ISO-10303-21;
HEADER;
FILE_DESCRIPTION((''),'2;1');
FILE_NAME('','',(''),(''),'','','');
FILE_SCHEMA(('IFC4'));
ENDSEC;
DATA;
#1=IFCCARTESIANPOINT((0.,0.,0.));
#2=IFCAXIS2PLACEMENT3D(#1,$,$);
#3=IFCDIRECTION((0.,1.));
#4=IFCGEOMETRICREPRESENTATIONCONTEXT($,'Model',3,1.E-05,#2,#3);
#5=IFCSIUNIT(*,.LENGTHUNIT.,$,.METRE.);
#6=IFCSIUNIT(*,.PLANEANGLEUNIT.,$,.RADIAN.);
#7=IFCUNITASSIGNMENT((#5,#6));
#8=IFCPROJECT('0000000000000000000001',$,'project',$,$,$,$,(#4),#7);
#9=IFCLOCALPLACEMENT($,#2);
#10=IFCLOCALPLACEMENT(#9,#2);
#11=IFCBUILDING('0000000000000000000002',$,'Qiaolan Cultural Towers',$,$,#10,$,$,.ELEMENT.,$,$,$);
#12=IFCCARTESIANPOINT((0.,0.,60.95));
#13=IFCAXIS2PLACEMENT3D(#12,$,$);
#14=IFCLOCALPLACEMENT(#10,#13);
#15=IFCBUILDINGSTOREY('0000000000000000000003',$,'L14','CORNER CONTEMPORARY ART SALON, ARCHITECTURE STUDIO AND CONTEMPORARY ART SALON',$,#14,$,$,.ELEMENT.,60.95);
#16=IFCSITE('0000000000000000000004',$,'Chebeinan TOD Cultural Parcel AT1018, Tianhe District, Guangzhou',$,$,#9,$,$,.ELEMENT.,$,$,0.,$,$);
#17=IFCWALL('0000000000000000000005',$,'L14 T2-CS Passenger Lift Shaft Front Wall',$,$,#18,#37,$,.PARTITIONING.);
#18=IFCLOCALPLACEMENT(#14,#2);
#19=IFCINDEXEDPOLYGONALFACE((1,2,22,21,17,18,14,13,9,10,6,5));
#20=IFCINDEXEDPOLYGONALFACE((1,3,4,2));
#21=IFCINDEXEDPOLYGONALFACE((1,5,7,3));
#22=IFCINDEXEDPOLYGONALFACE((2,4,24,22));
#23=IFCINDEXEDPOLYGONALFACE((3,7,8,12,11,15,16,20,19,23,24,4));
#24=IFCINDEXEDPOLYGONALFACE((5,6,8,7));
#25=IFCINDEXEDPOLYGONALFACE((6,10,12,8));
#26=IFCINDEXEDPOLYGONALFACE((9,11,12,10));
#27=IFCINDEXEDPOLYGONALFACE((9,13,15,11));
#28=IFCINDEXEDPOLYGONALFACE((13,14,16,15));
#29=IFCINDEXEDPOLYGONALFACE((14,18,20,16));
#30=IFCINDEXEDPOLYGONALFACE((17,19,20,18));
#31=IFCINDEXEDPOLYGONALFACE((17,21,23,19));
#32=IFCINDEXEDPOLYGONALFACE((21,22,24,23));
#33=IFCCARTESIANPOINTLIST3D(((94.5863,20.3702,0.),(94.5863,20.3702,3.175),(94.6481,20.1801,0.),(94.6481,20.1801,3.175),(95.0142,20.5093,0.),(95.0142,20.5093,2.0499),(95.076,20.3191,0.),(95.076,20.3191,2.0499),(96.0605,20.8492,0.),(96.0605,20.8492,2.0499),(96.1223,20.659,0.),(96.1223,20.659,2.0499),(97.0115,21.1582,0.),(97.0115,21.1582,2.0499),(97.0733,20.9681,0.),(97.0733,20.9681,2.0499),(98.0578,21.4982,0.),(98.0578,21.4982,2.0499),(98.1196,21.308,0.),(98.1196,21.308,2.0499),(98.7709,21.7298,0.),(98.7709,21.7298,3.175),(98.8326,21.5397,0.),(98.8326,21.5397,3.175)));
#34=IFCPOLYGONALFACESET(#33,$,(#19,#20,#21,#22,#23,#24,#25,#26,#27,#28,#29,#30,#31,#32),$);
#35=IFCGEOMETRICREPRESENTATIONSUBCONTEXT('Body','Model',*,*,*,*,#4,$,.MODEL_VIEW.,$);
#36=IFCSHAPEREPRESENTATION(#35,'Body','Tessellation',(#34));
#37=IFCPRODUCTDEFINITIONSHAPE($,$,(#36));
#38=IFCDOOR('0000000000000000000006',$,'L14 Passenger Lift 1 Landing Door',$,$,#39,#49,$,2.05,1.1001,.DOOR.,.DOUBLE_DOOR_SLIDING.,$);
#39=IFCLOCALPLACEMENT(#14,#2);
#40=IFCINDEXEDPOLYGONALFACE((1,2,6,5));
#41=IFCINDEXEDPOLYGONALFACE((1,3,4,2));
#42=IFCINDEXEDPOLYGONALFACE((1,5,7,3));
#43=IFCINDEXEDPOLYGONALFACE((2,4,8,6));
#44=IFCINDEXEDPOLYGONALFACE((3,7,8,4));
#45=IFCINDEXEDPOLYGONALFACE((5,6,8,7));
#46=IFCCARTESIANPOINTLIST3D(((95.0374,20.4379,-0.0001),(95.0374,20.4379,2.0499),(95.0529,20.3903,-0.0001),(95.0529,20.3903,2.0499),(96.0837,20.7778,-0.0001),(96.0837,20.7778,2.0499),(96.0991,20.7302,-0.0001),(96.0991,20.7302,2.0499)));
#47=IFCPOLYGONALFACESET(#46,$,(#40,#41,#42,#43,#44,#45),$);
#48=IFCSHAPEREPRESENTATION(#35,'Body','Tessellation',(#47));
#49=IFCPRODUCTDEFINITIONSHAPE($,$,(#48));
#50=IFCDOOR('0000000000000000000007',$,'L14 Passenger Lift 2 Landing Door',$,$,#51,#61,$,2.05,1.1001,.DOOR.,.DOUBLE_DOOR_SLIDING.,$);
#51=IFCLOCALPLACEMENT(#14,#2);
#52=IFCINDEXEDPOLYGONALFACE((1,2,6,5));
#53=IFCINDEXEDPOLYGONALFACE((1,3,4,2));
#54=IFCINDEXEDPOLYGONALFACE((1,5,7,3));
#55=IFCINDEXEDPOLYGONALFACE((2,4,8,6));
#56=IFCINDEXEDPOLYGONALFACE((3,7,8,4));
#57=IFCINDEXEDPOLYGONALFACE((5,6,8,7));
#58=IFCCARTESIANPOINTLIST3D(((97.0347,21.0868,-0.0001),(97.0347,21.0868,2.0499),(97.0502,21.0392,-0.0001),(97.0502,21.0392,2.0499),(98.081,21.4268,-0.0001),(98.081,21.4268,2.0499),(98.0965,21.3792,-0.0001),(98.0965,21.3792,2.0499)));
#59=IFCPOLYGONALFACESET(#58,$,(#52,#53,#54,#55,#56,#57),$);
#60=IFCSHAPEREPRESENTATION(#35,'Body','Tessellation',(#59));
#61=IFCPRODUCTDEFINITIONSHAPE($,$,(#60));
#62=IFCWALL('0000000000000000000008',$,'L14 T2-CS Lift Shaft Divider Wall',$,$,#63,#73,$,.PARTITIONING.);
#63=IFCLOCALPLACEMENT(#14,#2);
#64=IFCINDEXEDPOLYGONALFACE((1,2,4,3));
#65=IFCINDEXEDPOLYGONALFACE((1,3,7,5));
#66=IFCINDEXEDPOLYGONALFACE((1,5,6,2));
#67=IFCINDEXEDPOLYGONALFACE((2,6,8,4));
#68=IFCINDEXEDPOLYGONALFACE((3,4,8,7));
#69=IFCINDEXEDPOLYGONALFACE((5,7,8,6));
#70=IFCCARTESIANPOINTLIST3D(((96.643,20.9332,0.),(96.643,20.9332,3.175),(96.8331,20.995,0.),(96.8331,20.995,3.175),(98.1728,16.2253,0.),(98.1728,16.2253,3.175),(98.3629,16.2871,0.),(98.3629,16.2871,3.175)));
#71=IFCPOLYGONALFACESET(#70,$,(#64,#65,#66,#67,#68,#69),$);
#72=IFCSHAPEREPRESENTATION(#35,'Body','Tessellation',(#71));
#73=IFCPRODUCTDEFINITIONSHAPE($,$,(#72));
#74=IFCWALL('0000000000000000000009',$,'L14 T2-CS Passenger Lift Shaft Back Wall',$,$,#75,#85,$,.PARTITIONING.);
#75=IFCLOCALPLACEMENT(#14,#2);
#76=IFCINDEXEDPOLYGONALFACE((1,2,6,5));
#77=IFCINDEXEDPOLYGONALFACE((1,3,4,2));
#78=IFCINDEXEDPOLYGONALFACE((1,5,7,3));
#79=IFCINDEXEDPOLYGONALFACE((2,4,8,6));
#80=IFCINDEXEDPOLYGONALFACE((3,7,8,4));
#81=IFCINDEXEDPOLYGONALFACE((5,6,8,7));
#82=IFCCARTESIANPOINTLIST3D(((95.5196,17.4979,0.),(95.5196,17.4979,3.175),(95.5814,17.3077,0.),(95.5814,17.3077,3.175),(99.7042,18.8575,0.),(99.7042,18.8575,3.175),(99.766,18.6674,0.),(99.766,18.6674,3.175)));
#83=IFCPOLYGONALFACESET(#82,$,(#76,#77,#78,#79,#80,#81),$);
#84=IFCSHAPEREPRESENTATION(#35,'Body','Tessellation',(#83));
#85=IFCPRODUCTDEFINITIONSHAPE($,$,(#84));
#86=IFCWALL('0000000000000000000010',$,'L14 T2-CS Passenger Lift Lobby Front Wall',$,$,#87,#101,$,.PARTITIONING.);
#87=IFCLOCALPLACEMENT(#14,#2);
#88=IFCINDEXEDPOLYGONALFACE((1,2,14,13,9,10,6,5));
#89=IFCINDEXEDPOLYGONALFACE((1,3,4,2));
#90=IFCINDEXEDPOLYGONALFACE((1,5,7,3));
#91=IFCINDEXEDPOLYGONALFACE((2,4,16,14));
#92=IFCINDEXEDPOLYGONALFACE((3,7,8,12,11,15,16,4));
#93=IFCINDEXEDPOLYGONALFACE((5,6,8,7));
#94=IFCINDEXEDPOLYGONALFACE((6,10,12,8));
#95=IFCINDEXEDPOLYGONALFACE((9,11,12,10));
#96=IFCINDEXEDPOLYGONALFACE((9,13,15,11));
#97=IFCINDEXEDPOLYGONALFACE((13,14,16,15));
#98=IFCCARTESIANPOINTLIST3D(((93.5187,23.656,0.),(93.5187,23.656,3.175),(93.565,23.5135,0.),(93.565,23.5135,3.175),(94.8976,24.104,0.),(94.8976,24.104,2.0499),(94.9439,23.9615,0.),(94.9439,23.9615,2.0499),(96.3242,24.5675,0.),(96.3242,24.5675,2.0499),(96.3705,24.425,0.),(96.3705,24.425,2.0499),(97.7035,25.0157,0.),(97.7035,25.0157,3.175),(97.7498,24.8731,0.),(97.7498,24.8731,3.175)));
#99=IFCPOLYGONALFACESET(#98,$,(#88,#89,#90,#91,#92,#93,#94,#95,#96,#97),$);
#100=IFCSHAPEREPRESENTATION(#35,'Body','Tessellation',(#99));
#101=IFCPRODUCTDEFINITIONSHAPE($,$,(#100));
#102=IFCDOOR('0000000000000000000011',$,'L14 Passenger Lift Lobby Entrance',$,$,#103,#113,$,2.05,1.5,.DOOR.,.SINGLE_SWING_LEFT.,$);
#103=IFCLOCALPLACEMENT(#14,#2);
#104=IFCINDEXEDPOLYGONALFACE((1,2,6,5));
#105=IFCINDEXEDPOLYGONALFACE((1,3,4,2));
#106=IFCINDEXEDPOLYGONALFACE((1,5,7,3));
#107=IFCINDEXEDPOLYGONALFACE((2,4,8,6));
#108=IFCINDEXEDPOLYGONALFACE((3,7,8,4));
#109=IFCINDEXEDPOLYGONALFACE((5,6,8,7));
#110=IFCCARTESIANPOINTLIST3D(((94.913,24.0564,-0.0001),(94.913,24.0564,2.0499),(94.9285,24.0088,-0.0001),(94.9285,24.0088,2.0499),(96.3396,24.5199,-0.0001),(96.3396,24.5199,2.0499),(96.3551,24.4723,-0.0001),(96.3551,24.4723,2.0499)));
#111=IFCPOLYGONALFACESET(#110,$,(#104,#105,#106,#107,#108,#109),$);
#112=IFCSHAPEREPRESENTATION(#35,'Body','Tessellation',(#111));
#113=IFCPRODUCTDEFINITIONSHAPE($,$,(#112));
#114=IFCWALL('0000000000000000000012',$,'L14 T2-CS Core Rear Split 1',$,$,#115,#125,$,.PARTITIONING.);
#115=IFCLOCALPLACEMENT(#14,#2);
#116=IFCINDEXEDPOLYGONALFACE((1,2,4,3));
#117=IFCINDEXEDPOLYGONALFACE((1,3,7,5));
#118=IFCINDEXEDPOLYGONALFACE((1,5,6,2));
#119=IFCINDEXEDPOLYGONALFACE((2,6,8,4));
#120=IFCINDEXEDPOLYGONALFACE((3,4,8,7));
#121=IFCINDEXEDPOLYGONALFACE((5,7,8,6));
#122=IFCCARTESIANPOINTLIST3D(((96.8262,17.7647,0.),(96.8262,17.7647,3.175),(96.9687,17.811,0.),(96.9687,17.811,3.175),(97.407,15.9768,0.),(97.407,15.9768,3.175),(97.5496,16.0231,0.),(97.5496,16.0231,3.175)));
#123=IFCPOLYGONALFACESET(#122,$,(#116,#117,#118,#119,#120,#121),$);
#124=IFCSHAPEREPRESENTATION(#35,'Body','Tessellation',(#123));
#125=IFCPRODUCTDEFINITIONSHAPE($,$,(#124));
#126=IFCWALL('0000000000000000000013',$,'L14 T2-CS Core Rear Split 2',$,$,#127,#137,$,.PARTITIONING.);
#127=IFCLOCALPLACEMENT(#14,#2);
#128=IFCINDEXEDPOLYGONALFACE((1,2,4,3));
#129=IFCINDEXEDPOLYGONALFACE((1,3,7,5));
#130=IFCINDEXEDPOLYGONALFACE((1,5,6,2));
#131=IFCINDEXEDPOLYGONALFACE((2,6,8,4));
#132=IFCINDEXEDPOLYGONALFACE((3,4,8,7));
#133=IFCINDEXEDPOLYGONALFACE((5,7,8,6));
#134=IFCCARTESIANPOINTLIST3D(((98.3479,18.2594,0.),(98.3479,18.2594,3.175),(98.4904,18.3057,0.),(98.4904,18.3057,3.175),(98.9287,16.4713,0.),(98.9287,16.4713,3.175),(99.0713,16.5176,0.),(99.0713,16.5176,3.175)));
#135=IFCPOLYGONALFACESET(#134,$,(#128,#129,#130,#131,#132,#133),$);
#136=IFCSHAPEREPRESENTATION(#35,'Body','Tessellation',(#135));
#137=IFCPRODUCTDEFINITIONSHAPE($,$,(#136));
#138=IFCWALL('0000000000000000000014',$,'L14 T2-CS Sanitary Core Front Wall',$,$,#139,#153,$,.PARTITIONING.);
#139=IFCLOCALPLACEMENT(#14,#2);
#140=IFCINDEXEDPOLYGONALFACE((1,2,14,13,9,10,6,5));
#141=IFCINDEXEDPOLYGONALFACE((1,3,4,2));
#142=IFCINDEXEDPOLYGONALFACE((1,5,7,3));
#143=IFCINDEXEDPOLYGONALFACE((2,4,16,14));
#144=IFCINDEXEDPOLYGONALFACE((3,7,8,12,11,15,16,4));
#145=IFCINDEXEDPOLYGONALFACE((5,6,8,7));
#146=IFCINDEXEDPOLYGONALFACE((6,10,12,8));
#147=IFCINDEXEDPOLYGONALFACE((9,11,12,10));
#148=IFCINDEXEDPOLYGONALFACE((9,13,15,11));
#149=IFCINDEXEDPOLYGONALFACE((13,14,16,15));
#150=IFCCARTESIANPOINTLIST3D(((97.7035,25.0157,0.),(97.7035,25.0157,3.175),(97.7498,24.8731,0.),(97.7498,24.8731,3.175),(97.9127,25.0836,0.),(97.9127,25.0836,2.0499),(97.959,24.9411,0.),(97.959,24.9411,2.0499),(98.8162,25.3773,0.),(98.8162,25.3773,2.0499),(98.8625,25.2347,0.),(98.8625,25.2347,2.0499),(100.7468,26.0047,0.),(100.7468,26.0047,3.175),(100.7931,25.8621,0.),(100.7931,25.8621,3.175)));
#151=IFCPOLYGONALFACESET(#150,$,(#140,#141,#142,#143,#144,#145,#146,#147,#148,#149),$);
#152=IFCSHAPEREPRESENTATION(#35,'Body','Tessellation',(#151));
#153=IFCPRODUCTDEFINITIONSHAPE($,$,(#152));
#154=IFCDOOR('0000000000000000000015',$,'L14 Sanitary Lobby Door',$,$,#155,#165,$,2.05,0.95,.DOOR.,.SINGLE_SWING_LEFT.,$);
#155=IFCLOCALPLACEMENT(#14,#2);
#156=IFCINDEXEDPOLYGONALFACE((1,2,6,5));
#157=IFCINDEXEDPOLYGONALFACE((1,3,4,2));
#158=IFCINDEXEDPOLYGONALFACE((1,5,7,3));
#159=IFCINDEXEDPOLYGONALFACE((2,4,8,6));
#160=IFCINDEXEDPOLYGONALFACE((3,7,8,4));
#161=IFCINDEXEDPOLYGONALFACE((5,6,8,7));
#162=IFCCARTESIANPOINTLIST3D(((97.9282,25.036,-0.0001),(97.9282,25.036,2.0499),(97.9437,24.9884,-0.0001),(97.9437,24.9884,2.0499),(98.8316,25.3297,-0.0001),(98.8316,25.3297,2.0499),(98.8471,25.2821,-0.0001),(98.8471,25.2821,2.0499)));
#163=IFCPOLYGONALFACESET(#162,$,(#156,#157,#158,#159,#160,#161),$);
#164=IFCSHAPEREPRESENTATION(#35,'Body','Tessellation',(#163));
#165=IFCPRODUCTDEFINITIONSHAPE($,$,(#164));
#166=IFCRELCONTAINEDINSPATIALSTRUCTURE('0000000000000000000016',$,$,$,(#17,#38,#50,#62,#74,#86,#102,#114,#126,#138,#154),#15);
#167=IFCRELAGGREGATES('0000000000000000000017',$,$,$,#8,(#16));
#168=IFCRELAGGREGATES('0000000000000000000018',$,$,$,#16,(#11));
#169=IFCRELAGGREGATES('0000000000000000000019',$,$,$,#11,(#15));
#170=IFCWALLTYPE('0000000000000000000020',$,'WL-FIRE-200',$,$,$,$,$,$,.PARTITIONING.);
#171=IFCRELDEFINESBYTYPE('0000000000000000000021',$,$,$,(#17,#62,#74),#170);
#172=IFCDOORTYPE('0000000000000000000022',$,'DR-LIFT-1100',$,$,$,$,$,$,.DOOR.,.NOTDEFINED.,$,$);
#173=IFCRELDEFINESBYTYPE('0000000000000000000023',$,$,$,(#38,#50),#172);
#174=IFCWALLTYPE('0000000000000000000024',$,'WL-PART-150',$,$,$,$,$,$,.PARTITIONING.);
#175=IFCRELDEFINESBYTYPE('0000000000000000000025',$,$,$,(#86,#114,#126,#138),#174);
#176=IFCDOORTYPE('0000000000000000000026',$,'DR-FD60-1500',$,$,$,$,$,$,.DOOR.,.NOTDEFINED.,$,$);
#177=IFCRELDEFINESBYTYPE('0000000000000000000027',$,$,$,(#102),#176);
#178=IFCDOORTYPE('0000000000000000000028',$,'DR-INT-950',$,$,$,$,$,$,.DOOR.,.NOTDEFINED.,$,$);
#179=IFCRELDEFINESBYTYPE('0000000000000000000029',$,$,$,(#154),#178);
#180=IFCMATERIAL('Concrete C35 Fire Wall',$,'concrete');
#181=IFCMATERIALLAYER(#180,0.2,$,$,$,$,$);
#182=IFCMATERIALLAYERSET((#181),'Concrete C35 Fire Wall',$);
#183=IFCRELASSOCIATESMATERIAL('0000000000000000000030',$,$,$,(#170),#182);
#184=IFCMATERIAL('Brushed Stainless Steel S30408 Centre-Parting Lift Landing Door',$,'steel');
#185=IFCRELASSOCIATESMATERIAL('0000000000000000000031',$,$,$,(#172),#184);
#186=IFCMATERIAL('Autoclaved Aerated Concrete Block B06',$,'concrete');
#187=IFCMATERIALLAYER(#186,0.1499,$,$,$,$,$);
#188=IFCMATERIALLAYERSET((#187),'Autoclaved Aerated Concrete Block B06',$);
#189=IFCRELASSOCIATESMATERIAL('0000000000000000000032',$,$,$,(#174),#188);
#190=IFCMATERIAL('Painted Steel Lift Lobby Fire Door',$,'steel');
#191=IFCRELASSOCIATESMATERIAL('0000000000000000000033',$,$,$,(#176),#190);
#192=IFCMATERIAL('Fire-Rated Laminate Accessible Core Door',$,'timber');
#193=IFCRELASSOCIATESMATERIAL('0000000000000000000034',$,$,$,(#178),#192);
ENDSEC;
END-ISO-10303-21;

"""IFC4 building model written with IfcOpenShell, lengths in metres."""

from ifc_helpers import new_model, si_unit, direction, frame, frame_2d, origin, place, context, subcontext, project, spatial, rectangle, extrude, material, layer, layer_set, type_object, element, fill, save


model = new_model("IFC4")

# Units and contexts
model_context = context("Model", 3, precision=1e-05, world=origin(), true_north=direction((0.0, 1.0)))
body_context = subcontext(model_context, "Body", "Model", "MODEL_VIEW")
ifc_project = project(units=[si_unit("LENGTHUNIT", "METRE"), si_unit("PLANEANGLEUNIT", "RADIAN")], contexts=[model_context])

# Site, building, storey
site_placement = place(None, origin())
site = spatial("IfcSite", under=ifc_project, at=site_placement, Name="Chebeinan TOD Cultural Parcel AT1018, Tianhe District, Guangzhou", CompositionType="ELEMENT", RefElevation=0.0)
building_placement = place(site_placement, origin())
building = spatial("IfcBuilding", under=site, at=building_placement, Name="Qiaolan Cultural Towers", CompositionType="ELEMENT")
storey_placement = place(building_placement, frame((0.0, 0.0, 60.95)))
storey = spatial("IfcBuildingStorey", under=building, at=storey_placement, Name="L14", Description="CORNER CONTEMPORARY ART SALON, ARCHITECTURE STUDIO AND CONTEMPORARY ART SALON", CompositionType="ELEMENT", Elevation=60.95)

# Shared definitions
ifc_material_1 = material(Name="Concrete C35 Fire Wall", Category="concrete")
ifc_layer_1 = layer(ifc_material_1, 0.2)
ifc_layer_set_1 = layer_set([ifc_layer_1], Name="Concrete C35 Fire Wall")
wall_type_1 = type_object("IfcWallType", Name="WL-FIRE-200", PredefinedType="PARTITIONING", material=ifc_layer_set_1)

# Wall, openings, doors
wall_1_placement = place(storey_placement, frame((94.6172, 20.2751, 0.0), z_axis=(0.0, 0.0, 1.0), x_axis=(0.951059, 0.309011, 0.0)))
wall_1 = element("IfcWall", 1, at=wall_1_placement, inside=storey, type_object=wall_type_1, Name="L14 T2-CS Passenger Lift Shaft Front Wall", PredefinedType="PARTITIONING", context=body_context, shape_type="SweptSolid", body=[
    extrude(rectangle(XDim=4.3999, YDim=0.2, at=frame_2d((2.2, 0.0))), origin(), (0.0, 0.0, 1.0), 3.175),
])
opening_1_placement = place(wall_1_placement, frame((0.45, 0.0, 0.0)))
opening_1 = element("IfcOpeningElement", 2, at=opening_1_placement, cuts=wall_1, PredefinedType="OPENING", context=body_context, shape_type="SweptSolid", body=[
    extrude(rectangle(XDim=1.1001, YDim=2.05, at=frame_2d((0.55, 1.0249))), frame((0.0, 0.1099, 0.0), z_axis=(0.0, -1.0, 0.0), x_axis=(1.0, 0.0, 0.0)), (0.0, 0.0, 1.0), 0.22),
])
opening_2_placement = place(wall_1_placement, frame((2.55, 0.0, 0.0)))
opening_2 = element("IfcOpeningElement", 3, at=opening_2_placement, cuts=wall_1, PredefinedType="OPENING", context=body_context, shape_type="SweptSolid", body=[
    extrude(rectangle(XDim=1.1001, YDim=2.05, at=frame_2d((0.55, 1.0249))), frame((0.0, 0.1099, 0.0), z_axis=(0.0, -1.0, 0.0), x_axis=(1.0, 0.0, 0.0)), (0.0, 0.0, 1.0), 0.22),
])
ifc_material_2 = material(Name="Brushed Stainless Steel S30408 Centre-Parting Lift Landing Door", Category="steel")
door_type_1 = type_object("IfcDoorType", Name="DR-LIFT-1100", OperationType="NOTDEFINED", PredefinedType="DOOR", material=ifc_material_2)
door_1_placement = place(opening_1_placement, origin())
door_1 = element("IfcDoor", 4, at=door_1_placement, inside=storey, type_object=door_type_1, Name="L14 Passenger Lift 1 Landing Door", OperationType="DOUBLE_DOOR_SLIDING", OverallHeight=2.05, OverallWidth=1.1001, PredefinedType="DOOR", context=body_context, shape_type="SweptSolid", body=[
    extrude(rectangle(XDim=1.1001, YDim=2.05, at=frame_2d((0.55, 1.0249))), frame((0.0, 0.0249, 0.0), z_axis=(0.0, -1.0, 0.0), x_axis=(1.0, 0.0, 0.0)), (0.0, 0.0, 1.0), 0.05),
])
fill(opening_1, door_1)
door_2_placement = place(opening_2_placement, origin())
door_2 = element("IfcDoor", 5, at=door_2_placement, inside=storey, type_object=door_type_1, Name="L14 Passenger Lift 2 Landing Door", OperationType="DOUBLE_DOOR_SLIDING", OverallHeight=2.05, OverallWidth=1.1001, PredefinedType="DOOR", context=body_context, shape_type="SweptSolid", body=[
    extrude(rectangle(XDim=1.1001, YDim=2.05, at=frame_2d((0.55, 1.0249))), frame((0.0, 0.0249, 0.0), z_axis=(0.0, -1.0, 0.0), x_axis=(1.0, 0.0, 0.0)), (0.0, 0.0, 1.0), 0.05),
])
fill(opening_2, door_2)

# Walls
wall_2_placement = place(storey_placement, frame((96.738, 20.9641, 0.0), z_axis=(0.0, 0.0, 1.0), x_axis=(0.309043, -0.951048, 0.0)))
element("IfcWall", 6, at=wall_2_placement, inside=storey, type_object=wall_type_1, Name="L14 T2-CS Lift Shaft Divider Wall", PredefinedType="PARTITIONING", context=body_context, shape_type="SweptSolid", body=[
    extrude(rectangle(XDim=4.9502, YDim=0.2, at=frame_2d((2.4751, 0.0))), origin(), (0.0, 0.0, 1.0), 3.175),
])
wall_3_placement = place(storey_placement, frame((95.5505, 17.4028, 0.0), z_axis=(0.0, 0.0, 1.0), x_axis=(0.951059, 0.309011, 0.0)))
element("IfcWall", 7, at=wall_3_placement, inside=storey, type_object=wall_type_1, Name="L14 T2-CS Passenger Lift Shaft Back Wall", PredefinedType="PARTITIONING", context=body_context, shape_type="SweptSolid", body=[
    extrude(rectangle(XDim=4.3999, YDim=0.2, at=frame_2d((2.2, 0.0))), origin(), (0.0, 0.0, 1.0), 3.175),
])

# Wall, opening, door
ifc_material_3 = material(Name="Autoclaved Aerated Concrete Block B06", Category="concrete")
ifc_layer_2 = layer(ifc_material_3, 0.1499)
ifc_layer_set_2 = layer_set([ifc_layer_2], Name="Autoclaved Aerated Concrete Block B06")
wall_type_2 = type_object("IfcWallType", Name="WL-PART-150", PredefinedType="PARTITIONING", material=ifc_layer_set_2)
wall_4_placement = place(storey_placement, frame((93.5417, 23.5847, 0.0), z_axis=(0.0, 0.0, 1.0), x_axis=(0.951064, 0.308994, 0.0)))
wall_4 = element("IfcWall", 8, at=wall_4_placement, inside=storey, type_object=wall_type_2, Name="L14 T2-CS Passenger Lift Lobby Front Wall", PredefinedType="PARTITIONING", context=body_context, shape_type="SweptSolid", body=[
    extrude(rectangle(XDim=4.4001, YDim=0.1499, at=frame_2d((2.2002, 0.0))), origin(), (0.0, 0.0, 1.0), 3.175),
])
opening_3_placement = place(wall_4_placement, frame((1.45, 0.0, 0.0)))
opening_3 = element("IfcOpeningElement", 9, at=opening_3_placement, cuts=wall_4, PredefinedType="OPENING", context=body_context, shape_type="SweptSolid", body=[
    extrude(rectangle(XDim=1.5, YDim=2.05, at=frame_2d((0.75, 1.0249))), frame((0.0, 0.085, 0.0), z_axis=(0.0, -1.0, 0.0), x_axis=(1.0, 0.0, 0.0)), (0.0, 0.0, 1.0), 0.1699),
])
ifc_material_4 = material(Name="Painted Steel Lift Lobby Fire Door", Category="steel")
door_type_2 = type_object("IfcDoorType", Name="DR-FD60-1500", OperationType="NOTDEFINED", PredefinedType="DOOR", material=ifc_material_4)
door_3_placement = place(opening_3_placement, origin())
door_3 = element("IfcDoor", 10, at=door_3_placement, inside=storey, type_object=door_type_2, Name="L14 Passenger Lift Lobby Entrance", OperationType="SINGLE_SWING_LEFT", OverallHeight=2.05, OverallWidth=1.5, PredefinedType="DOOR", context=body_context, shape_type="SweptSolid", body=[
    extrude(rectangle(XDim=1.5, YDim=2.05, at=frame_2d((0.75, 1.0249))), frame((0.0, 0.0249, 0.0), z_axis=(0.0, -1.0, 0.0), x_axis=(1.0, 0.0, 0.0)), (0.0, 0.0, 1.0), 0.05),
])
fill(opening_3, door_3)

# Walls
wall_5_placement = place(storey_placement, frame((96.8975, 17.7878, 0.0), z_axis=(0.0, 0.0, 1.0), x_axis=(0.308972, -0.951071, 0.0)))
element("IfcWall", 11, at=wall_5_placement, inside=storey, type_object=wall_type_2, Name="L14 T2-CS Core Rear Split 1", PredefinedType="PARTITIONING", context=body_context, shape_type="SweptSolid", body=[
    extrude(rectangle(XDim=1.8799, YDim=0.1499, at=frame_2d((0.9399, 0.0))), origin(), (0.0, 0.0, 1.0), 3.175),
])
wall_6_placement = place(storey_placement, frame((98.4192, 18.2825, 0.0), z_axis=(0.0, 0.0, 1.0), x_axis=(0.308933, -0.951084, 0.0)))
element("IfcWall", 12, at=wall_6_placement, inside=storey, type_object=wall_type_2, Name="L14 T2-CS Core Rear Split 2", PredefinedType="PARTITIONING", context=body_context, shape_type="SweptSolid", body=[
    extrude(rectangle(XDim=1.8801, YDim=0.1499, at=frame_2d((0.9399, 0.0))), origin(), (0.0, 0.0, 1.0), 3.175),
])

# Wall, opening, door
wall_7_placement = place(storey_placement, frame((97.7266, 24.9443, 0.0), z_axis=(0.0, 0.0, 1.0), x_axis=(0.951037, 0.309077, 0.0)))
wall_7 = element("IfcWall", 13, at=wall_7_placement, inside=storey, type_object=wall_type_2, Name="L14 T2-CS Sanitary Core Front Wall", PredefinedType="PARTITIONING", context=body_context, shape_type="SweptSolid", body=[
    extrude(rectangle(XDim=3.2, YDim=0.1499, at=frame_2d((1.6001, 0.0))), origin(), (0.0, 0.0, 1.0), 3.175),
])
opening_4_placement = place(wall_7_placement, frame((0.22, 0.0, 0.0)))
opening_4 = element("IfcOpeningElement", 14, at=opening_4_placement, cuts=wall_7, PredefinedType="OPENING", context=body_context, shape_type="SweptSolid", body=[
    extrude(rectangle(XDim=0.95, YDim=2.05, at=frame_2d((0.4751, 1.0249))), frame((0.0, 0.085, 0.0), z_axis=(0.0, -1.0, 0.0), x_axis=(1.0, 0.0, 0.0)), (0.0, 0.0, 1.0), 0.1699),
])
ifc_material_5 = material(Name="Fire-Rated Laminate Accessible Core Door", Category="timber")
door_type_3 = type_object("IfcDoorType", Name="DR-INT-950", OperationType="NOTDEFINED", PredefinedType="DOOR", material=ifc_material_5)
door_4_placement = place(opening_4_placement, origin())
door_4 = element("IfcDoor", 15, at=door_4_placement, inside=storey, type_object=door_type_3, Name="L14 Sanitary Lobby Door", OperationType="SINGLE_SWING_LEFT", OverallHeight=2.05, OverallWidth=0.95, PredefinedType="DOOR", context=body_context, shape_type="SweptSolid", body=[
    extrude(rectangle(XDim=0.95, YDim=2.05, at=frame_2d((0.4751, 1.0249))), frame((0.0, 0.0249, 0.0), z_axis=(0.0, -1.0, 0.0), x_axis=(1.0, 0.0, 0.0)), (0.0, 0.0, 1.0), 0.05),
])
fill(opening_4, door_4)

save(model, "model.ifc")
